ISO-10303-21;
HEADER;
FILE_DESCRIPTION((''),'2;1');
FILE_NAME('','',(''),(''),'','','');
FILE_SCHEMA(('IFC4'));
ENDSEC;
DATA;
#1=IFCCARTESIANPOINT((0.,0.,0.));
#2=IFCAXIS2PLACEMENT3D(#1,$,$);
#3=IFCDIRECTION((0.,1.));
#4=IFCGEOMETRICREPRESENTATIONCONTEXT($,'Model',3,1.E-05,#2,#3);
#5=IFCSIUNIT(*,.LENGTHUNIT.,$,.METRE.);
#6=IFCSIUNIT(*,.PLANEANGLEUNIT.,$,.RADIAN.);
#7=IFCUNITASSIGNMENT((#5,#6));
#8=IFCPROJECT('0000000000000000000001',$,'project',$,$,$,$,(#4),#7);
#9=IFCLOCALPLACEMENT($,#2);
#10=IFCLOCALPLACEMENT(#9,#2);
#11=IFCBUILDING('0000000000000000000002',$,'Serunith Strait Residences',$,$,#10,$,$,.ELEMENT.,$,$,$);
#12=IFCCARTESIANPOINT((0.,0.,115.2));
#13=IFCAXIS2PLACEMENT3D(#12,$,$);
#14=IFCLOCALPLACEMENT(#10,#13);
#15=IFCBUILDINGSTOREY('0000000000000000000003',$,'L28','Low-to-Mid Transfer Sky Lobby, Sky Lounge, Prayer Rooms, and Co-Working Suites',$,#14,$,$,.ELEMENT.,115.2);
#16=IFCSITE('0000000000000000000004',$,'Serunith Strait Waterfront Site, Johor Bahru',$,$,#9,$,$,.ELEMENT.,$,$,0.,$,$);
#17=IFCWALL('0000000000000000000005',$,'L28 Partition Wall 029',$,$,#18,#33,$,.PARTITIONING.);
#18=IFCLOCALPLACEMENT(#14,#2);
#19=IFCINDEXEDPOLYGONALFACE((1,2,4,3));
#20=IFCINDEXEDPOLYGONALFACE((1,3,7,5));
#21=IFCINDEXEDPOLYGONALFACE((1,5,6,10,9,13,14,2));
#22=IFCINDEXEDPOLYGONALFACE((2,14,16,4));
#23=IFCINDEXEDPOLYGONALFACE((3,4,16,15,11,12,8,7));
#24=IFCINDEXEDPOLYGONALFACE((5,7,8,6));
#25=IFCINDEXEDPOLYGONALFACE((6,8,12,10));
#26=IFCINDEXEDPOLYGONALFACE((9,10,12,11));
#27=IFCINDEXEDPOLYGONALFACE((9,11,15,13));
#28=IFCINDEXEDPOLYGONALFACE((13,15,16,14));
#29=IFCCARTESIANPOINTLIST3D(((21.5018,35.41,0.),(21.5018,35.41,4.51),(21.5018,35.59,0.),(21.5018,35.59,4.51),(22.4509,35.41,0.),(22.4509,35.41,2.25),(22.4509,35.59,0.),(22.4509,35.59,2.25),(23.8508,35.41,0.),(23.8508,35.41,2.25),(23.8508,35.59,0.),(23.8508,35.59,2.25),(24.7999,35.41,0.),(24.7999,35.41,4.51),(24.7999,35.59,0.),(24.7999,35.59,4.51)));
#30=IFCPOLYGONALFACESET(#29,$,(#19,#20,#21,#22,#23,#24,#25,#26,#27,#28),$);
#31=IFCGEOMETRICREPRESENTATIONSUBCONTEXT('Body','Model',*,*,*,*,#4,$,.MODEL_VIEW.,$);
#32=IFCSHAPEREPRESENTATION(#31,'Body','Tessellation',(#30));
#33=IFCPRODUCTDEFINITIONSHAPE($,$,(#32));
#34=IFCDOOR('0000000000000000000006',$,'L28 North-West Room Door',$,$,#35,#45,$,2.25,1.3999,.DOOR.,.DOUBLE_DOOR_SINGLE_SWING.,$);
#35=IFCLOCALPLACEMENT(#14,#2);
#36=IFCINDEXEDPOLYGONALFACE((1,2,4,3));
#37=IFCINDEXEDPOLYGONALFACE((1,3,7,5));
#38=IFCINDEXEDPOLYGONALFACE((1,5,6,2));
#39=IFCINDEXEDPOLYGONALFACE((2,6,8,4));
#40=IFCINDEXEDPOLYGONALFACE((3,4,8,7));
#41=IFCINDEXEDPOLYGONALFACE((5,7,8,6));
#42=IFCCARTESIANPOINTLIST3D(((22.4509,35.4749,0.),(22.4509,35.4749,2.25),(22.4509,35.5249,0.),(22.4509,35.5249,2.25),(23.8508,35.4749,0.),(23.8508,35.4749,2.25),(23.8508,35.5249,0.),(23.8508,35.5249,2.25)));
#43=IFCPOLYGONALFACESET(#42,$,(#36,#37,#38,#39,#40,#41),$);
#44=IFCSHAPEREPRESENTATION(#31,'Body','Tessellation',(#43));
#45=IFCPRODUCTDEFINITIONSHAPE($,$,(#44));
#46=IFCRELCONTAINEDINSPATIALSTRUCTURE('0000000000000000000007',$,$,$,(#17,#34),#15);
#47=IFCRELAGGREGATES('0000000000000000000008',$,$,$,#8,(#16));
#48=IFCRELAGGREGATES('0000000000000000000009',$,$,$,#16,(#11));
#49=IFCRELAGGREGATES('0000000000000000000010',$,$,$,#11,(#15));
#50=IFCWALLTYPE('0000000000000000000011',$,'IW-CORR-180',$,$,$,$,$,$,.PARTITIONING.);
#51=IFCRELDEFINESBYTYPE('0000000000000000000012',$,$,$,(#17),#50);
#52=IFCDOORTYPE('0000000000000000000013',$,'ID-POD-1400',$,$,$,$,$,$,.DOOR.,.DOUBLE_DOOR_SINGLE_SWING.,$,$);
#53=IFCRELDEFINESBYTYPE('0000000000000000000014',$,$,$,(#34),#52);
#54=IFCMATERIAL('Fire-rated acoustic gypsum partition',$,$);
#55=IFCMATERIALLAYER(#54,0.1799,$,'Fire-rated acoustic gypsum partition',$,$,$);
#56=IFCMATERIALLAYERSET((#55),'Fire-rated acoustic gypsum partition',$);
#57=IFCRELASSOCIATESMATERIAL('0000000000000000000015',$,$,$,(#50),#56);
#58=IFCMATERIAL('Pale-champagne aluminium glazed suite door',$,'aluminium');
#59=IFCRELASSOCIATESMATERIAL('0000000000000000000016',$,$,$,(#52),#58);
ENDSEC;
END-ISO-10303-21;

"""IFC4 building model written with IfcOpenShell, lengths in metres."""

from ifc_helpers import new_model, si_unit, direction, frame, frame_2d, origin, place, context, subcontext, project, spatial, rectangle, extrude, source, transform, mapped, material, layer, layer_set, type_object, element, fill, save


model = new_model("IFC4")

# Units and contexts
model_context = context("Model", 3, precision=1e-05, world=origin(), true_north=direction((0.0, 1.0)))
body_context = subcontext(model_context, "Body", "Model", "MODEL_VIEW")
ifc_project = project(units=[si_unit("LENGTHUNIT", "METRE"), si_unit("PLANEANGLEUNIT", "RADIAN")], contexts=[model_context])

# Site, building, storey
site_placement = place(None, origin())
site = spatial("IfcSite", under=ifc_project, at=site_placement, Name="Serunith Strait Waterfront Site, Johor Bahru", CompositionType="ELEMENT", RefElevation=0.0)
building_placement = place(site_placement, origin())
building = spatial("IfcBuilding", under=site, at=building_placement, Name="Serunith Strait Residences", CompositionType="ELEMENT")
storey_placement = place(building_placement, frame((0.0, 0.0, 115.2)))
storey = spatial("IfcBuildingStorey", under=building, at=storey_placement, Name="L28", Description="Low-to-Mid Transfer Sky Lobby, Sky Lounge, Prayer Rooms, and Co-Working Suites", CompositionType="ELEMENT", Elevation=115.2)

# Shared definitions
ifc_material_1 = material(Name="Fire-rated acoustic gypsum partition")
ifc_layer_1 = layer(ifc_material_1, 0.1799, Name="Fire-rated acoustic gypsum partition")
ifc_layer_set_1 = layer_set([ifc_layer_1], Name="Fire-rated acoustic gypsum partition")
wall_type_1 = type_object("IfcWallType", Name="IW-CORR-180", PredefinedType="PARTITIONING", material=ifc_layer_set_1)

# Wall, opening, door
wall_1_placement = place(storey_placement, frame((21.502, 35.5, 0.0), z_axis=(0.0, 0.0, 1.0), x_axis=(1.0, 0.0, 0.0)))
wall_1 = element("IfcWall", 1, at=wall_1_placement, inside=storey, type_object=wall_type_1, Name="L28 Partition Wall 029", PredefinedType="PARTITIONING", context=body_context, shape_type="SweptSolid", body=[
    extrude(rectangle(XDim=3.2981, YDim=0.1799, at=frame_2d((1.6489, 0.0))), origin(), (0.0, 0.0, 1.0), 4.51),
])
opening_1_placement = place(wall_1_placement, frame((0.949, 0.0, 0.0)))
opening_1 = element("IfcOpeningElement", 2, at=opening_1_placement, cuts=wall_1, PredefinedType="OPENING", context=body_context, shape_type="SweptSolid", body=[
    extrude(rectangle(XDim=1.3999, YDim=2.25, at=frame_2d((0.7, 1.125))), frame((0.0, 0.1001, 0.0), z_axis=(0.0, -1.0, 0.0), x_axis=(1.0, 0.0, 0.0)), (0.0, 0.0, 1.0), 0.2),
])
ifc_material_2 = material(Name="Pale-champagne aluminium glazed suite door", Category="aluminium")
door_type_1 = type_object("IfcDoorType", Name="ID-POD-1400", OperationType="DOUBLE_DOOR_SINGLE_SWING", PredefinedType="DOOR", material=ifc_material_2)
shared_shape_1 = source(origin(), body_context, "Body", "SweptSolid", [
    extrude(rectangle(XDim=1.3999, YDim=2.25, at=frame_2d((0.7, 1.125))), frame((0.0, 0.0249, 0.0), z_axis=(0.0, -1.0, 0.0), x_axis=(1.0, 0.0, 0.0)), (0.0, 0.0, 1.0), 0.05),
])
door_1_placement = place(opening_1_placement, origin())
door_1 = element("IfcDoor", 3, at=door_1_placement, inside=storey, type_object=door_type_1, Name="L28 North-West Room Door", OperationType="DOUBLE_DOOR_SINGLE_SWING", OverallHeight=2.25, OverallWidth=1.3999, PredefinedType="DOOR", context=body_context, shape_type="MappedRepresentation", body=[
    mapped(shared_shape_1, transform((0.0, 0.0, 0.0), scale=1.0)),
])
fill(opening_1, door_1)

save(model, "model.ifc")
